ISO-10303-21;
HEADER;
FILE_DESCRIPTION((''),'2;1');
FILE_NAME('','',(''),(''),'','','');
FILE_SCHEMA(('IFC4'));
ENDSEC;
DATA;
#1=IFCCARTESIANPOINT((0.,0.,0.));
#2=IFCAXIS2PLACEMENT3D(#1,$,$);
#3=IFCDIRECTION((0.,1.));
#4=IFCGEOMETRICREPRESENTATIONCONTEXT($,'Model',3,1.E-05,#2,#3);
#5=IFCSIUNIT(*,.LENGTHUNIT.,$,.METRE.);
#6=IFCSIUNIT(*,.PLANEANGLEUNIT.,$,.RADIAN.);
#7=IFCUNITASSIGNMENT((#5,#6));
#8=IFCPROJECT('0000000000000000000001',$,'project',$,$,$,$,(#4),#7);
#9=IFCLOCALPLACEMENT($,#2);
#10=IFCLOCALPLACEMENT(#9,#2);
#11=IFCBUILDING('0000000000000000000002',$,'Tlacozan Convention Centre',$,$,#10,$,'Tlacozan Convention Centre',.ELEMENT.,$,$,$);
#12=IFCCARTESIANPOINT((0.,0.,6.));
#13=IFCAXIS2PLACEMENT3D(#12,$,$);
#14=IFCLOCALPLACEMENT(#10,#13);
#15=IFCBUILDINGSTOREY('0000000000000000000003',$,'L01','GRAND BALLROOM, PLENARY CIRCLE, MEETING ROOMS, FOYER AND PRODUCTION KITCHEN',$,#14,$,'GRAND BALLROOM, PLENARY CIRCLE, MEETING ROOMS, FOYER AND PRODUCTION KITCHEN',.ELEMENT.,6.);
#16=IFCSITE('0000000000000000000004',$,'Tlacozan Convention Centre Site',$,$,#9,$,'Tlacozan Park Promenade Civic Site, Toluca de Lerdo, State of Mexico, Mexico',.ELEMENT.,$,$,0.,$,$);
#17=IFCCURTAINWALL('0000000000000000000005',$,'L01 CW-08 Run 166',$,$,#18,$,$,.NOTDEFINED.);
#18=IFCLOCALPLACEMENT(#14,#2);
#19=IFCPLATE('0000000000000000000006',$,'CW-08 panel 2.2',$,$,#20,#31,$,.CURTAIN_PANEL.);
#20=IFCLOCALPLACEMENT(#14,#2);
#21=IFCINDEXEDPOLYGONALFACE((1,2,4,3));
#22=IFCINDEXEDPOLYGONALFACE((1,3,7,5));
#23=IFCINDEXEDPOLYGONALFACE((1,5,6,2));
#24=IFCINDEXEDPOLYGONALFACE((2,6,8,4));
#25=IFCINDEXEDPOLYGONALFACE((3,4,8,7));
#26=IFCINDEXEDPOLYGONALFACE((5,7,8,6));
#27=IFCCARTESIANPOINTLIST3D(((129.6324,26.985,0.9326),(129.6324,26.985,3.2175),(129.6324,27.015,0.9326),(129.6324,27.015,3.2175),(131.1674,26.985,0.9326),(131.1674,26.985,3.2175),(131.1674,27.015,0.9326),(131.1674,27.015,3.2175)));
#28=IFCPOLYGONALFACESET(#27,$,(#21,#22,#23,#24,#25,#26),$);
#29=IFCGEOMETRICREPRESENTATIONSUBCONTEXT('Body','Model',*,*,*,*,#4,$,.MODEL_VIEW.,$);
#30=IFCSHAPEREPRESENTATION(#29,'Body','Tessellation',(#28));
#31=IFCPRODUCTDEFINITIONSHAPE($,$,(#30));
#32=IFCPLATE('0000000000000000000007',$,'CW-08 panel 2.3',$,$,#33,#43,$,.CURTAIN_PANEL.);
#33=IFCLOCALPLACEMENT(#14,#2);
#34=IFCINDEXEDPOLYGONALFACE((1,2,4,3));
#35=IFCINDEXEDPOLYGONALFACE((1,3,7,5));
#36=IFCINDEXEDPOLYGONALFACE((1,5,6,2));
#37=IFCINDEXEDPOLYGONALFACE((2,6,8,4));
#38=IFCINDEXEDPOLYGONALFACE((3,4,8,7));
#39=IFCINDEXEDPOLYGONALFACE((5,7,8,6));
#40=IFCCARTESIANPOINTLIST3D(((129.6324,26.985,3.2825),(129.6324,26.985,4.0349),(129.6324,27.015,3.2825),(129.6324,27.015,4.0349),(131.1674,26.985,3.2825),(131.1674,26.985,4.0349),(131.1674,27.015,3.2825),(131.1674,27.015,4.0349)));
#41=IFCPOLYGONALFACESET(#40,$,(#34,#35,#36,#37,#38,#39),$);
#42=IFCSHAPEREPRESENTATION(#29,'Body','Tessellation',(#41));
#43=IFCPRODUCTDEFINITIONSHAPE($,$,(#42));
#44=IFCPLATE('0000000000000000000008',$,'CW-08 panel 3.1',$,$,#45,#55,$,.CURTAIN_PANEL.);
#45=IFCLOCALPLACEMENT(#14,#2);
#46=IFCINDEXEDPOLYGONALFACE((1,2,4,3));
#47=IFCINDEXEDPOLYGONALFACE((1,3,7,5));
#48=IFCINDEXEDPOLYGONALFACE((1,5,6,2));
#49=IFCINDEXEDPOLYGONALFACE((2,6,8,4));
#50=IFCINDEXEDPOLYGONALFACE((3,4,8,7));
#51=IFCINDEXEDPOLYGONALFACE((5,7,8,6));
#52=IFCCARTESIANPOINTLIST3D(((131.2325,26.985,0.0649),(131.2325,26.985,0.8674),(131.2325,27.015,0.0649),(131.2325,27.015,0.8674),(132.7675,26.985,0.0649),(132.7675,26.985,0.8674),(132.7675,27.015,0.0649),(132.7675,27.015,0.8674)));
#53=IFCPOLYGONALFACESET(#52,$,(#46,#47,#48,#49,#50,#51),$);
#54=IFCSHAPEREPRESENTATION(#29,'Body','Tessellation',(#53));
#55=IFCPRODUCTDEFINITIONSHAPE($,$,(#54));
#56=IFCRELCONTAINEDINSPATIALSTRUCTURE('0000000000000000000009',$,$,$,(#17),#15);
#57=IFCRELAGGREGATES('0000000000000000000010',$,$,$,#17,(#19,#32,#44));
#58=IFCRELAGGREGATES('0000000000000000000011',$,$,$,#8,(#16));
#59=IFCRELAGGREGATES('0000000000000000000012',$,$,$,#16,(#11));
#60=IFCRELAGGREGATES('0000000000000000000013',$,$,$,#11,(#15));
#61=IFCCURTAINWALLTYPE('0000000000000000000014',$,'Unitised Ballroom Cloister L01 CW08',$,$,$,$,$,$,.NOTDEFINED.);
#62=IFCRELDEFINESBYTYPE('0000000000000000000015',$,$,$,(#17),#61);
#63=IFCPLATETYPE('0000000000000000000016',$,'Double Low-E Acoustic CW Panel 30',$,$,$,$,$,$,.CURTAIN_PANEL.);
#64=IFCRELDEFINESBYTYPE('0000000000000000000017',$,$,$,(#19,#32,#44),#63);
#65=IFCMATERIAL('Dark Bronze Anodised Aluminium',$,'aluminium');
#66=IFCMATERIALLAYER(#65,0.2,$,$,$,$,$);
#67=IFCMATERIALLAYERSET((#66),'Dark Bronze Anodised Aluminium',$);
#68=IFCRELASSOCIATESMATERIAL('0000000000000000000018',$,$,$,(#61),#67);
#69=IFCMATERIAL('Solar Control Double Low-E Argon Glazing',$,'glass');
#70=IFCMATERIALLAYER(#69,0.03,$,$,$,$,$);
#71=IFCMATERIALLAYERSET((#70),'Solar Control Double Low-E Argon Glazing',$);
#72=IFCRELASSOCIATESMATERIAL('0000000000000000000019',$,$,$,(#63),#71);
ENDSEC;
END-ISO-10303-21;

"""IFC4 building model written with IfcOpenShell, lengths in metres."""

from ifc_helpers import new_model, si_unit, direction, frame, origin, origin_2d, place, context, subcontext, project, spatial, rectangle, extrude, material, layer, layer_set, type_object, element, aggregate, save


model = new_model("IFC4")

# Units and contexts
model_context = context("Model", 3, precision=1e-05, world=origin(), true_north=direction((0.0, 1.0)))
body_context = subcontext(model_context, "Body", "Model", "MODEL_VIEW")
ifc_project = project(units=[si_unit("LENGTHUNIT", "METRE"), si_unit("PLANEANGLEUNIT", "RADIAN")], contexts=[model_context])

# Site, building, storey
site_placement = place(None, origin())
site = spatial("IfcSite", under=ifc_project, at=site_placement, Name="Tlacozan Convention Centre Site", LongName="Tlacozan Park Promenade Civic Site, Toluca de Lerdo, State of Mexico, Mexico", CompositionType="ELEMENT", RefElevation=0.0)
building_placement = place(site_placement, origin())
building = spatial("IfcBuilding", under=site, at=building_placement, Name="Tlacozan Convention Centre", LongName="Tlacozan Convention Centre", CompositionType="ELEMENT")
storey_placement = place(building_placement, frame((0.0, 0.0, 6.0)))
storey = spatial("IfcBuildingStorey", under=building, at=storey_placement, Name="L01", Description="GRAND BALLROOM, PLENARY CIRCLE, MEETING ROOMS, FOYER AND PRODUCTION KITCHEN", LongName="GRAND BALLROOM, PLENARY CIRCLE, MEETING ROOMS, FOYER AND PRODUCTION KITCHEN", CompositionType="ELEMENT", Elevation=6.0)

# Curtain wall
ifc_material_1 = material(Name="Dark Bronze Anodised Aluminium", Category="aluminium")
ifc_layer_1 = layer(ifc_material_1, 0.2)
ifc_layer_set_1 = layer_set([ifc_layer_1], Name="Dark Bronze Anodised Aluminium")
curtain_wall_type = type_object("IfcCurtainWallType", Name="Unitised Ballroom Cloister L01 CW08", PredefinedType="NOTDEFINED", material=ifc_layer_set_1)
curtain_wall_placement = place(storey_placement, origin())
curtain_wall = element("IfcCurtainWall", 1, at=curtain_wall_placement, inside=storey, type_object=curtain_wall_type, Name="L01 CW-08 Run 166", PredefinedType="NOTDEFINED")

# Plates
ifc_material_2 = material(Name="Solar Control Double Low-E Argon Glazing", Category="glass")
ifc_layer_2 = layer(ifc_material_2, 0.03)
ifc_layer_set_2 = layer_set([ifc_layer_2], Name="Solar Control Double Low-E Argon Glazing")
plate_type = type_object("IfcPlateType", Name="Double Low-E Acoustic CW Panel 30", PredefinedType="CURTAIN_PANEL", material=ifc_layer_set_2)
plate_1_placement = place(storey_placement, frame((130.3999, 27.0, 0.9326), z_axis=(0.0, 0.0, 1.0), x_axis=(1.0, 0.0, 0.0)))
plate_1 = element("IfcPlate", 2, at=plate_1_placement, type_object=plate_type, Name="CW-08 panel 2.2", PredefinedType="CURTAIN_PANEL", context=body_context, shape_type="SweptSolid", body=[
    extrude(rectangle(XDim=1.5349, YDim=0.03, at=origin_2d()), origin(), (0.0, 0.0, 1.0), 2.2849),
])
plate_2_placement = place(storey_placement, frame((130.3999, 27.0, 3.2825), z_axis=(0.0, 0.0, 1.0), x_axis=(1.0, 0.0, 0.0)))
plate_2 = element("IfcPlate", 3, at=plate_2_placement, type_object=plate_type, Name="CW-08 panel 2.3", PredefinedType="CURTAIN_PANEL", context=body_context, shape_type="SweptSolid", body=[
    extrude(rectangle(XDim=1.5349, YDim=0.03, at=origin_2d()), origin(), (0.0, 0.0, 1.0), 0.7524),
])
plate_3_placement = place(storey_placement, frame((132.0, 27.0, 0.0649), z_axis=(0.0, 0.0, 1.0), x_axis=(1.0, 0.0, 0.0)))
plate_3 = element("IfcPlate", 4, at=plate_3_placement, type_object=plate_type, Name="CW-08 panel 3.1", PredefinedType="CURTAIN_PANEL", context=body_context, shape_type="SweptSolid", body=[
    extrude(rectangle(XDim=1.5349, YDim=0.03, at=origin_2d()), origin(), (0.0, 0.0, 1.0), 0.8025),
])
aggregate(curtain_wall, [plate_1, plate_2, plate_3])

save(model, "model.ifc")
